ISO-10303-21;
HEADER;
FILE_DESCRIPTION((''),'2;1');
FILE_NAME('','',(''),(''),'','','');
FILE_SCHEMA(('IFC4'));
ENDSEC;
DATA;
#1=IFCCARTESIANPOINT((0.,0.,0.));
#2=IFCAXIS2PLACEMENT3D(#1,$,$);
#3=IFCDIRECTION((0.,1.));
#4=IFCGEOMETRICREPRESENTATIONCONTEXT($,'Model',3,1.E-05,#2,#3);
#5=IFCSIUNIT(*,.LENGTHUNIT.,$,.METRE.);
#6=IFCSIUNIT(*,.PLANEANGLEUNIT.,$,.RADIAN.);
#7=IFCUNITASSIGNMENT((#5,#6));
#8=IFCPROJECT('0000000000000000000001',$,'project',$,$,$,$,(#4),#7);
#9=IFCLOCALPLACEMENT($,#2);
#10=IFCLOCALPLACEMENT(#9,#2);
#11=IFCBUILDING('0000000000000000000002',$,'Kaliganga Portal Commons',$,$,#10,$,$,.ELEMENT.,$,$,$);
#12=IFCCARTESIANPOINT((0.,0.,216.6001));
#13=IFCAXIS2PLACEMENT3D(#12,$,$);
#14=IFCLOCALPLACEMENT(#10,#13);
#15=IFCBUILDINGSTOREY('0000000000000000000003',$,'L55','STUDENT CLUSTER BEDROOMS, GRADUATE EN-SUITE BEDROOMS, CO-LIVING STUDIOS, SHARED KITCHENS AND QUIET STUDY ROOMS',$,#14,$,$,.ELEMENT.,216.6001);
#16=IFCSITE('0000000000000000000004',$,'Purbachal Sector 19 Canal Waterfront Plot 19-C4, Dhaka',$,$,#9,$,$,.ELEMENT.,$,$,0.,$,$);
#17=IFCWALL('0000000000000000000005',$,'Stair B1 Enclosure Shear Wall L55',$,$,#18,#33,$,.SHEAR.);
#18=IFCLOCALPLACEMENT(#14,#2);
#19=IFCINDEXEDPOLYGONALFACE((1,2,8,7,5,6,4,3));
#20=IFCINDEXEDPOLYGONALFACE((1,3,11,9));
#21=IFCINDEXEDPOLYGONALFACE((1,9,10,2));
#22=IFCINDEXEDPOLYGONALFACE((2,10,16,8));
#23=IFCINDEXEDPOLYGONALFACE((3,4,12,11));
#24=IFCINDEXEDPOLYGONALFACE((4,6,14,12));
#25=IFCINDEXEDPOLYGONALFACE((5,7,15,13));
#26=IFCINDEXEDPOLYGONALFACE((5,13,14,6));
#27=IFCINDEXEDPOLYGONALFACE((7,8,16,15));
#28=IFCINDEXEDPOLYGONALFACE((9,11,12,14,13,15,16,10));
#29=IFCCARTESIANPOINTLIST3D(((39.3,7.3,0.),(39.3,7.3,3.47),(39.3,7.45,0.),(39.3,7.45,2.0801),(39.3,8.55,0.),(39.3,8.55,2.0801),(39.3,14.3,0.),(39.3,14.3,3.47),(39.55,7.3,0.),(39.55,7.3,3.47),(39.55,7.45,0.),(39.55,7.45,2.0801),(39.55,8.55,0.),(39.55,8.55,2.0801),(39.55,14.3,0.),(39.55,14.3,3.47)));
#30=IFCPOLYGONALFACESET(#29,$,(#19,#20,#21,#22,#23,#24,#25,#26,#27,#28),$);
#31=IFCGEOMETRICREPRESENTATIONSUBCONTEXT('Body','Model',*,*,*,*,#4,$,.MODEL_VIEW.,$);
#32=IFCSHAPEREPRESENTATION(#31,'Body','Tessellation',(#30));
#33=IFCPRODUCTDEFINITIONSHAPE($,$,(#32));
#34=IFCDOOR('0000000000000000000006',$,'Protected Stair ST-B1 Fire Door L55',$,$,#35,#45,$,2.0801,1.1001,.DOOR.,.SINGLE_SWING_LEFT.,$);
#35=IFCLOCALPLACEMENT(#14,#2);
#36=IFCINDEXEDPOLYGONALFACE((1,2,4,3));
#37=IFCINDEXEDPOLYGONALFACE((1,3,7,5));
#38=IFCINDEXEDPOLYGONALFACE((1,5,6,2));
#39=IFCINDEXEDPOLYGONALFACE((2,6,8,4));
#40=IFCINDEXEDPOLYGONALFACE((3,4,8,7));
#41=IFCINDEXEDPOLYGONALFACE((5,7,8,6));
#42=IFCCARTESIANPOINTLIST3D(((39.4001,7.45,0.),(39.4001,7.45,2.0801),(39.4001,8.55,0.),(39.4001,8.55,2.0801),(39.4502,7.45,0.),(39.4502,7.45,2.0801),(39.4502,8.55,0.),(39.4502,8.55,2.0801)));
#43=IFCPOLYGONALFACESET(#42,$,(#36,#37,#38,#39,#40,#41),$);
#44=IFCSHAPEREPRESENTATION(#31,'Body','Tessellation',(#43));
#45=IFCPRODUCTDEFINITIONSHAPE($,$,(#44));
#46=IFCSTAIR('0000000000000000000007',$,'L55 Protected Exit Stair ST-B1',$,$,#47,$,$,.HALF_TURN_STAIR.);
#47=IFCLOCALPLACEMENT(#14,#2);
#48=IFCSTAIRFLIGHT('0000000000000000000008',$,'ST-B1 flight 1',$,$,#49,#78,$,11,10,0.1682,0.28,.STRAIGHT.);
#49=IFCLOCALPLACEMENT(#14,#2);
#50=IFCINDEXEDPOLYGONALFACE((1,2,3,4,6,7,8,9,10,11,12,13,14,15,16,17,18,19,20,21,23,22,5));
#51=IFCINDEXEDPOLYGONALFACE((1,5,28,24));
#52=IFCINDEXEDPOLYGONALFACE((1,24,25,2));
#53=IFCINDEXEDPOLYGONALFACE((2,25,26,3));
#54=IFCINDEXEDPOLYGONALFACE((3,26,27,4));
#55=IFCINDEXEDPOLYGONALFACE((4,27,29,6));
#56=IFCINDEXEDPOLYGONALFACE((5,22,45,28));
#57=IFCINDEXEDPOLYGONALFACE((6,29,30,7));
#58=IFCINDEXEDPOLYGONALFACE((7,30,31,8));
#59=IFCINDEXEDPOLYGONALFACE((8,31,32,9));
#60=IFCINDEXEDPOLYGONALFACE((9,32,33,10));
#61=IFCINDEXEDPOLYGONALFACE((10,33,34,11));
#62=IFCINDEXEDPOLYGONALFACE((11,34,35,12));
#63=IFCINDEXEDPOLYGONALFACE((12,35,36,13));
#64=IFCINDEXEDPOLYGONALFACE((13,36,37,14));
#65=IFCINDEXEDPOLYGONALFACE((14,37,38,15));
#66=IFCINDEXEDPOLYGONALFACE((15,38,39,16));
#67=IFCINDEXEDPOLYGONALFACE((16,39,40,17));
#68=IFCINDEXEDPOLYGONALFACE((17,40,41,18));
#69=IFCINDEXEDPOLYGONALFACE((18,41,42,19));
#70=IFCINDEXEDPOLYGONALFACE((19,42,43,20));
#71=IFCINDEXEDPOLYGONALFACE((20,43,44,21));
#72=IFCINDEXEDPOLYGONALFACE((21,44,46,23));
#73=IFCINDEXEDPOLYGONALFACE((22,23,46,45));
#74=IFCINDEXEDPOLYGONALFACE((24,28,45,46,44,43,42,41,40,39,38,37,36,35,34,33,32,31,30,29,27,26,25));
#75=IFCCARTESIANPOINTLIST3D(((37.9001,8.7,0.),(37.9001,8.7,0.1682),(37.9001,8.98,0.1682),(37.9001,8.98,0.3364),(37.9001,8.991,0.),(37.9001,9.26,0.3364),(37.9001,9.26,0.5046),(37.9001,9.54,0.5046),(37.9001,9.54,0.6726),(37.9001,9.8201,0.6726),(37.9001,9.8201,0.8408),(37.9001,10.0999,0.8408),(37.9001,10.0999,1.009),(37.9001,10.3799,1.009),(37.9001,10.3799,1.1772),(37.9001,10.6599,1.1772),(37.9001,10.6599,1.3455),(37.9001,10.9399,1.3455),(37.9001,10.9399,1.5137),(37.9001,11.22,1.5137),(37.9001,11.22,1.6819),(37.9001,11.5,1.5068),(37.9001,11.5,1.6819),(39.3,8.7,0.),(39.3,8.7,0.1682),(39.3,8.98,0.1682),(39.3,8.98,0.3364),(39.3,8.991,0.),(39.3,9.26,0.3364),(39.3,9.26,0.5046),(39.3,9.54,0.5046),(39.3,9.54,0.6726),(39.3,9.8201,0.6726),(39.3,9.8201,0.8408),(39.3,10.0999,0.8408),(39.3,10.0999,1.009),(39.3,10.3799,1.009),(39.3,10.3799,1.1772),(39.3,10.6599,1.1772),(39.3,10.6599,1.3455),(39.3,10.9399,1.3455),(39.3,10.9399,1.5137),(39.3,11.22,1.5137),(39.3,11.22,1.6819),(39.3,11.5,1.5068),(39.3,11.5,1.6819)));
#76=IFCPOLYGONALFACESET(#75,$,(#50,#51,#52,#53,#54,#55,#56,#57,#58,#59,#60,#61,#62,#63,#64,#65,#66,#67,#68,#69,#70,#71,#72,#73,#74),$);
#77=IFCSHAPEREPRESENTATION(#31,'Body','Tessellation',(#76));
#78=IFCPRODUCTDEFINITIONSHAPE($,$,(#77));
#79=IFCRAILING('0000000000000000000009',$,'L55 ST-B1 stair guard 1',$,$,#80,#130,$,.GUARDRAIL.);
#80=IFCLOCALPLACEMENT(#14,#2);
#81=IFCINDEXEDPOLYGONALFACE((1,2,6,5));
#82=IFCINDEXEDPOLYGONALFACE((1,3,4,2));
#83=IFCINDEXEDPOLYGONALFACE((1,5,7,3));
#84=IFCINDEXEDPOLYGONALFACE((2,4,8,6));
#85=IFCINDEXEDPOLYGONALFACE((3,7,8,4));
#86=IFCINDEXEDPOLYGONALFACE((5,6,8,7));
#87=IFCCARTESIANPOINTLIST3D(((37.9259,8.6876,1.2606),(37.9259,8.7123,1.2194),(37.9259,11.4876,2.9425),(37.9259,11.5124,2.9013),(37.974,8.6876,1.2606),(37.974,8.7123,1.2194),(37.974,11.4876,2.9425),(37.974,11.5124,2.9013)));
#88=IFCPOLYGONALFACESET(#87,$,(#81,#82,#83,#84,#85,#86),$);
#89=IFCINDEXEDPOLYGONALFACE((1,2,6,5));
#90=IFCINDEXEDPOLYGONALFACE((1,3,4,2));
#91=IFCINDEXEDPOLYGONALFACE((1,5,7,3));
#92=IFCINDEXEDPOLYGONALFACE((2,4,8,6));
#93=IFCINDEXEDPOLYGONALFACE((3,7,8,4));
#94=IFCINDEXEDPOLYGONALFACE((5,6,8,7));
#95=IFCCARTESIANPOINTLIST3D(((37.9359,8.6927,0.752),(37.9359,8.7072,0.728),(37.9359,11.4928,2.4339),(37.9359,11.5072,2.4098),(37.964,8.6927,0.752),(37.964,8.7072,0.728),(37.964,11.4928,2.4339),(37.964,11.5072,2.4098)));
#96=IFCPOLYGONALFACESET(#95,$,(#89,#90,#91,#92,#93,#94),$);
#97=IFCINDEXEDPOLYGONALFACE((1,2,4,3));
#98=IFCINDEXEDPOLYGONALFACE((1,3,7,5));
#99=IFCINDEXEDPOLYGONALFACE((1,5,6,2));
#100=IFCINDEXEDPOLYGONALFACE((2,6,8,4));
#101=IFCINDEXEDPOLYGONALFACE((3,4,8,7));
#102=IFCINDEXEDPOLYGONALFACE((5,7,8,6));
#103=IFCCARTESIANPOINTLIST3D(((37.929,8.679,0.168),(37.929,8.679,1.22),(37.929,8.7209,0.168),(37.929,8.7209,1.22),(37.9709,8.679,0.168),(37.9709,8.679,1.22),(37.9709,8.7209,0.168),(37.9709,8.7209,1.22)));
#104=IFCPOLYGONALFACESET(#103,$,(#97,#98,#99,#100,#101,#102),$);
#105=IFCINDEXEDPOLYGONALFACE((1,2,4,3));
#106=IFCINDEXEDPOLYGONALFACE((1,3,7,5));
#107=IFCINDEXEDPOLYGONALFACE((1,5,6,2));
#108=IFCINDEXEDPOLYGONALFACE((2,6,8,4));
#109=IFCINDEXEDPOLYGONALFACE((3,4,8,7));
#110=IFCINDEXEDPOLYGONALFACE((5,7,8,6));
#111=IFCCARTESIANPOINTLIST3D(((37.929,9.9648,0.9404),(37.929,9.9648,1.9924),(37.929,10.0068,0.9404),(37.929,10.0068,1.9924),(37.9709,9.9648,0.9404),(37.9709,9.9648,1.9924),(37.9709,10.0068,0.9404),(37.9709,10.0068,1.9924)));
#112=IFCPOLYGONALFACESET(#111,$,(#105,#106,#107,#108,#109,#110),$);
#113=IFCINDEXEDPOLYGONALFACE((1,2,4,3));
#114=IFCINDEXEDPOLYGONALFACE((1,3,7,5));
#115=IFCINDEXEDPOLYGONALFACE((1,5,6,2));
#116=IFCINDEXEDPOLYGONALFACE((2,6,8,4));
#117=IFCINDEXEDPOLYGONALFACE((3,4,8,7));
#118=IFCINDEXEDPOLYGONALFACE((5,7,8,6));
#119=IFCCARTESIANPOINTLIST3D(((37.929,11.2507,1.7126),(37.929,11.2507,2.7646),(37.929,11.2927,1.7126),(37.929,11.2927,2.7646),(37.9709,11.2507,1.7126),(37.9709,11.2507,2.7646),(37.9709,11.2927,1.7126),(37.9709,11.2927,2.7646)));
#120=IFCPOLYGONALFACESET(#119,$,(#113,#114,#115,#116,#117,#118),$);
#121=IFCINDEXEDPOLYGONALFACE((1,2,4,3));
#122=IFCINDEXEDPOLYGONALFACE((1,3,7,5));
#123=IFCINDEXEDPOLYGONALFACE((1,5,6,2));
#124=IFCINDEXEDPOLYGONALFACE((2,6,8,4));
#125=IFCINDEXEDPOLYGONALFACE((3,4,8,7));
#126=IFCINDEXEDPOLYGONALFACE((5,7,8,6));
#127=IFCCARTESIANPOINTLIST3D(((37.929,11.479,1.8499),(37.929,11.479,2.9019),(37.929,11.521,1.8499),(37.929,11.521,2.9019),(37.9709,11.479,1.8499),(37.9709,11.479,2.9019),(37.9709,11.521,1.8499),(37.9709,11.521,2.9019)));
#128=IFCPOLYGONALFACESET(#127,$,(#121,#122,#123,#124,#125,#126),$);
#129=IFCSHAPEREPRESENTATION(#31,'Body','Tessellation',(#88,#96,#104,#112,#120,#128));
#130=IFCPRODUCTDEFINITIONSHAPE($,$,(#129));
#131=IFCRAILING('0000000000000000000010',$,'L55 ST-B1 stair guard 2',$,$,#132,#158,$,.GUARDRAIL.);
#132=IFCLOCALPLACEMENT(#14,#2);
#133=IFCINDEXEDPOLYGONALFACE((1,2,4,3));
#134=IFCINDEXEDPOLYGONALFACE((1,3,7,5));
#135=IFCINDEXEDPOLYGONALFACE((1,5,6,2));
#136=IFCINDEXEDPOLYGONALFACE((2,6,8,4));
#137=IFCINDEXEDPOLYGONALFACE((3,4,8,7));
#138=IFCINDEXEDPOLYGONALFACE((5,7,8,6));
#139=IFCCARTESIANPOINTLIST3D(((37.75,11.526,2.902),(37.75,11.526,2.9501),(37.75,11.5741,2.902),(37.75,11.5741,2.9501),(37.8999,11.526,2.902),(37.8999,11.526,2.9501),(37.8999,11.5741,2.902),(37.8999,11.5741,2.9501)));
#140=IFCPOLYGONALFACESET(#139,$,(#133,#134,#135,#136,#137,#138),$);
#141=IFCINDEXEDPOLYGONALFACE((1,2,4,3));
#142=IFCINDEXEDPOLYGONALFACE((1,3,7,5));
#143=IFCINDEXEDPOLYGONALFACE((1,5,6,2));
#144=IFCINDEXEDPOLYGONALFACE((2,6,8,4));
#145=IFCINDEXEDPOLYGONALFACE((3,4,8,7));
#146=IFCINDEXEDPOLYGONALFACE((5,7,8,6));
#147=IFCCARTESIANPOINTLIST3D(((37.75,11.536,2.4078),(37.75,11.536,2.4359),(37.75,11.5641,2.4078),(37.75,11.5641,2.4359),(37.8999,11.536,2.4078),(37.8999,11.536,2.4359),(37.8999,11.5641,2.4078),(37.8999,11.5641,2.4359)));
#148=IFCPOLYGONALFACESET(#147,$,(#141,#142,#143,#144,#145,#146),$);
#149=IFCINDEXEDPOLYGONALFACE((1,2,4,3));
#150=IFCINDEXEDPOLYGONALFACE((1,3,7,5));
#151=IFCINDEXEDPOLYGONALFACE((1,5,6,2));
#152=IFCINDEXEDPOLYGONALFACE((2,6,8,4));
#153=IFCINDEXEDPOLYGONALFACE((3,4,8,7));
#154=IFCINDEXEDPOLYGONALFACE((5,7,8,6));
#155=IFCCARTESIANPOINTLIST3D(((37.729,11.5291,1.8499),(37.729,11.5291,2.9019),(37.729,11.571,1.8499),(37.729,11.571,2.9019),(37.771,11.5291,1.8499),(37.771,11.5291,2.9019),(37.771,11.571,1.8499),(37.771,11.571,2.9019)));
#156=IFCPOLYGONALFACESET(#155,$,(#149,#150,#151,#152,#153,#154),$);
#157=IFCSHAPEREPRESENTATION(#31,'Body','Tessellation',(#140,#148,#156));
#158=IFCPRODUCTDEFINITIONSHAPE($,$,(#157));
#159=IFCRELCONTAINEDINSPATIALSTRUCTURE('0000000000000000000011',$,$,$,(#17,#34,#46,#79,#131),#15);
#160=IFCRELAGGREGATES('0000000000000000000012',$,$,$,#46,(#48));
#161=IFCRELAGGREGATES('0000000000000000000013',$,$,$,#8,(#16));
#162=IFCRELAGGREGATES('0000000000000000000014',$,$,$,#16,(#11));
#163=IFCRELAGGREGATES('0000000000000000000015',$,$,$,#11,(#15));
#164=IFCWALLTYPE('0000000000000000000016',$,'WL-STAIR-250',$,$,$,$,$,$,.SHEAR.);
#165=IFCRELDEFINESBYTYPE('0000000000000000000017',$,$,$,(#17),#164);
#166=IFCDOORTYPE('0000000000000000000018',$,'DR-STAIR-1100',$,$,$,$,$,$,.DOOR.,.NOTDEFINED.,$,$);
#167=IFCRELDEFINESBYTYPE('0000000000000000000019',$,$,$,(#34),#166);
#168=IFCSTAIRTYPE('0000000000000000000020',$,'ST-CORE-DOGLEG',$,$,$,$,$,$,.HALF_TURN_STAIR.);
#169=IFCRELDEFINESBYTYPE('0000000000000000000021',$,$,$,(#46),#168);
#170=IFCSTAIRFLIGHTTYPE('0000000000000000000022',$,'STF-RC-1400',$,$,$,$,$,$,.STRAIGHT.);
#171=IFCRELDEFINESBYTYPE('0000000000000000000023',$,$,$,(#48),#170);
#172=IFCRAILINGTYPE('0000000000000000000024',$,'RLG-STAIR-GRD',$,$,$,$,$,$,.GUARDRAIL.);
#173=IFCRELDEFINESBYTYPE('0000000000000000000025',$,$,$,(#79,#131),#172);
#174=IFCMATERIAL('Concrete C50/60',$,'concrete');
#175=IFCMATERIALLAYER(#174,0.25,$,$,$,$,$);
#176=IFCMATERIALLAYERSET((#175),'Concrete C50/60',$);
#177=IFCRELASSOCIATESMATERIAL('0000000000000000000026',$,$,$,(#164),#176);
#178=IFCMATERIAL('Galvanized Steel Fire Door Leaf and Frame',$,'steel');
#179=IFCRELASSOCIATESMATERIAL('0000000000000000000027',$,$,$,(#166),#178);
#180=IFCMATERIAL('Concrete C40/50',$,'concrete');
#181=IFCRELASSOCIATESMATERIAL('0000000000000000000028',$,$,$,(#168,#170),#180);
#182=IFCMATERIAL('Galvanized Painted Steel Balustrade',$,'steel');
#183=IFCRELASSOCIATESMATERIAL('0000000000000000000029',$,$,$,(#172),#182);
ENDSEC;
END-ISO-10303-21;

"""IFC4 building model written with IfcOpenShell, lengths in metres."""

from ifc_helpers import new_model, si_unit, direction, frame, frame_2d, origin, origin_2d, place, context, subcontext, project, spatial, polyline, rectangle, outline, extrude, material, layer, layer_set, type_object, element, fill, aggregate, save


model = new_model("IFC4")

# Units and contexts
model_context = context("Model", 3, precision=1e-05, world=origin(), true_north=direction((0.0, 1.0)))
body_context = subcontext(model_context, "Body", "Model", "MODEL_VIEW")
ifc_project = project(units=[si_unit("LENGTHUNIT", "METRE"), si_unit("PLANEANGLEUNIT", "RADIAN")], contexts=[model_context])

# Site, building, storey
site_placement = place(None, origin())
site = spatial("IfcSite", under=ifc_project, at=site_placement, Name="Purbachal Sector 19 Canal Waterfront Plot 19-C4, Dhaka", CompositionType="ELEMENT", RefElevation=0.0)
building_placement = place(site_placement, origin())
building = spatial("IfcBuilding", under=site, at=building_placement, Name="Kaliganga Portal Commons", CompositionType="ELEMENT")
storey_placement = place(building_placement, frame((0.0, 0.0, 216.6001)))
storey = spatial("IfcBuildingStorey", under=building, at=storey_placement, Name="L55", Description="STUDENT CLUSTER BEDROOMS, GRADUATE EN-SUITE BEDROOMS, CO-LIVING STUDIOS, SHARED KITCHENS AND QUIET STUDY ROOMS", CompositionType="ELEMENT", Elevation=216.6001)

# Shared definitions
ifc_material_1 = material(Name="Concrete C50/60", Category="concrete")

# Wall, opening, door
ifc_layer_1 = layer(ifc_material_1, 0.25)
ifc_layer_set_1 = layer_set([ifc_layer_1], Name="Concrete C50/60")
wall_type_1 = type_object("IfcWallType", Name="WL-STAIR-250", PredefinedType="SHEAR", material=ifc_layer_set_1)
wall_1_placement = place(storey_placement, frame((39.425, 7.3, 0.0), z_axis=(0.0, 0.0, 1.0), x_axis=(0.0, 1.0, 0.0)))
wall_1 = element("IfcWall", 1, at=wall_1_placement, inside=storey, type_object=wall_type_1, Name="Stair B1 Enclosure Shear Wall L55", PredefinedType="SHEAR", context=body_context, shape_type="SweptSolid", body=[
    extrude(rectangle(XDim=7.0, YDim=0.25, at=frame_2d((3.5, 0.0))), origin(), (0.0, 0.0, 1.0), 3.47),
])
opening_1_placement = place(wall_1_placement, frame((0.1499, 0.0, 0.0)))
opening_1 = element("IfcOpeningElement", 2, at=opening_1_placement, cuts=wall_1, PredefinedType="OPENING", context=body_context, shape_type="SweptSolid", body=[
    extrude(rectangle(XDim=1.1001, YDim=2.0801, at=frame_2d((0.55, 1.04))), frame((0.0, 0.135, 0.0), z_axis=(0.0, -1.0, 0.0), x_axis=(1.0, 0.0, 0.0)), (0.0, 0.0, 1.0), 0.27),
])
ifc_material_2 = material(Name="Galvanized Steel Fire Door Leaf and Frame", Category="steel")
door_type_1 = type_object("IfcDoorType", Name="DR-STAIR-1100", OperationType="NOTDEFINED", PredefinedType="DOOR", material=ifc_material_2)
door_1_placement = place(opening_1_placement, origin())
door_1 = element("IfcDoor", 3, at=door_1_placement, inside=storey, type_object=door_type_1, Name="Protected Stair ST-B1 Fire Door L55", OperationType="SINGLE_SWING_LEFT", OverallHeight=2.0801, OverallWidth=1.1001, PredefinedType="DOOR", context=body_context, shape_type="SweptSolid", body=[
    extrude(rectangle(XDim=1.1001, YDim=2.0801, at=frame_2d((0.55, 1.04))), frame((0.0, 0.0249, 0.0), z_axis=(0.0, -1.0, 0.0), x_axis=(1.0, 0.0, 0.0)), (0.0, 0.0, 1.0), 0.05),
])
fill(opening_1, door_1)

# Stair, stair flight
ifc_material_3 = material(Name="Concrete C40/50", Category="concrete")
stair_type = type_object("IfcStairType", Name="ST-CORE-DOGLEG", PredefinedType="HALF_TURN_STAIR", material=ifc_material_3)
stair_placement = place(storey_placement, origin())
stair = element("IfcStair", 4, at=stair_placement, inside=storey, type_object=stair_type, Name="L55 Protected Exit Stair ST-B1", PredefinedType="HALF_TURN_STAIR")
stair_flight_type = type_object("IfcStairFlightType", Name="STF-RC-1400", PredefinedType="STRAIGHT", material=ifc_material_3)
stair_flight_placement = place(storey_placement, frame((38.6001, 8.7, 0.0), z_axis=(0.0, 0.0, 1.0), x_axis=(0.0, 1.0, 0.0)))
stair_flight = element("IfcStairFlight", 5, at=stair_flight_placement, type_object=stair_flight_type, Name="ST-B1 flight 1", NumberOfRisers=11, NumberOfTreads=10, PredefinedType="STRAIGHT", RiserHeight=0.1682, TreadLength=0.28, context=body_context, shape_type="SweptSolid", body=[
    extrude(outline(polyline([(0.0, 0.0), (0.0, 0.1682), (0.28, 0.1682), (0.28, 0.3364), (0.5601, 0.3364), (0.5601, 0.5046), (0.8401, 0.5046), (0.8401, 0.6726), (1.1201, 0.6726), (1.1201, 0.8408), (1.3999, 0.8408), (1.3999, 1.009), (1.6799, 1.009), (1.6799, 1.1772), (1.96, 1.1772), (1.96, 1.3455), (2.24, 1.3455), (2.24, 1.5137), (2.52, 1.5137), (2.52, 1.6819), (2.8, 1.6819), (2.8, 1.8501), (2.8, 1.5068), (0.291, 0.0), (0.0, 0.0)])), frame((0.0, 0.7, 0.0), z_axis=(0.0, -1.0, 0.0), x_axis=(1.0, 0.0, 0.0)), (0.0, 0.0, 1.0), 1.3999),
])
aggregate(stair, [stair_flight])

# Railings
ifc_material_4 = material(Name="Galvanized Painted Steel Balustrade", Category="steel")
railing_type_1 = type_object("IfcRailingType", Name="RLG-STAIR-GRD", PredefinedType="GUARDRAIL", material=ifc_material_4)
railing_1_placement = place(storey_placement, frame((37.95, 8.7, 0.168)))
element("IfcRailing", 6, at=railing_1_placement, inside=storey, type_object=railing_type_1, Name="L55 ST-B1 stair guard 1", PredefinedType="GUARDRAIL", context=body_context, shape_type="SweptSolid", body=[
    extrude(rectangle(XDim=0.0481, YDim=0.0481, at=origin_2d()), frame((0.0, 0.0, 1.072), z_axis=(0.0, 0.857242, 0.514913), x_axis=(-1.0, 0.0, 0.0)), (0.0, 0.0, 1.0), 3.2664),
    extrude(rectangle(XDim=0.0281, YDim=0.0281, at=origin_2d()), frame((0.0, 0.0, 0.572), z_axis=(0.0, 0.857242, 0.514913), x_axis=(-1.0, 0.0, 0.0)), (0.0, 0.0, 1.0), 3.2664),
    extrude(rectangle(XDim=0.042, YDim=0.042, at=origin_2d()), origin(), (0.0, 0.0, 1.0), 1.052),
    extrude(rectangle(XDim=0.042, YDim=0.042, at=origin_2d()), frame((0.0, 1.2859, 0.7725)), (0.0, 0.0, 1.0), 1.052),
    extrude(rectangle(XDim=0.042, YDim=0.042, at=origin_2d()), frame((0.0, 2.5718, 1.5447)), (0.0, 0.0, 1.0), 1.052),
    extrude(rectangle(XDim=0.042, YDim=0.042, at=origin_2d()), frame((0.0, 2.8, 1.6819)), (0.0, 0.0, 1.0), 1.052),
])
railing_2_placement = place(storey_placement, frame((37.8999, 11.55, 1.8499)))
element("IfcRailing", 7, at=railing_2_placement, inside=storey, type_object=railing_type_1, Name="L55 ST-B1 stair guard 2", PredefinedType="GUARDRAIL", context=body_context, shape_type="SweptSolid", body=[
    extrude(rectangle(XDim=0.0481, YDim=0.0481, at=origin_2d()), frame((0.0, 0.0, 1.0762), z_axis=(-1.0, 0.0, 0.0), x_axis=(0.0, -1.0, 0.0)), (0.0, 0.0, 1.0), 0.1499),
    extrude(rectangle(XDim=0.0281, YDim=0.0281, at=origin_2d()), frame((0.0, 0.0, 0.572), z_axis=(-1.0, 0.0, 0.0), x_axis=(0.0, -1.0, 0.0)), (0.0, 0.0, 1.0), 0.1499),
    extrude(rectangle(XDim=0.042, YDim=0.042, at=origin_2d()), frame((-0.1499, 0.0, 0.0)), (0.0, 0.0, 1.0), 1.052),
])

save(model, "model.ifc")
